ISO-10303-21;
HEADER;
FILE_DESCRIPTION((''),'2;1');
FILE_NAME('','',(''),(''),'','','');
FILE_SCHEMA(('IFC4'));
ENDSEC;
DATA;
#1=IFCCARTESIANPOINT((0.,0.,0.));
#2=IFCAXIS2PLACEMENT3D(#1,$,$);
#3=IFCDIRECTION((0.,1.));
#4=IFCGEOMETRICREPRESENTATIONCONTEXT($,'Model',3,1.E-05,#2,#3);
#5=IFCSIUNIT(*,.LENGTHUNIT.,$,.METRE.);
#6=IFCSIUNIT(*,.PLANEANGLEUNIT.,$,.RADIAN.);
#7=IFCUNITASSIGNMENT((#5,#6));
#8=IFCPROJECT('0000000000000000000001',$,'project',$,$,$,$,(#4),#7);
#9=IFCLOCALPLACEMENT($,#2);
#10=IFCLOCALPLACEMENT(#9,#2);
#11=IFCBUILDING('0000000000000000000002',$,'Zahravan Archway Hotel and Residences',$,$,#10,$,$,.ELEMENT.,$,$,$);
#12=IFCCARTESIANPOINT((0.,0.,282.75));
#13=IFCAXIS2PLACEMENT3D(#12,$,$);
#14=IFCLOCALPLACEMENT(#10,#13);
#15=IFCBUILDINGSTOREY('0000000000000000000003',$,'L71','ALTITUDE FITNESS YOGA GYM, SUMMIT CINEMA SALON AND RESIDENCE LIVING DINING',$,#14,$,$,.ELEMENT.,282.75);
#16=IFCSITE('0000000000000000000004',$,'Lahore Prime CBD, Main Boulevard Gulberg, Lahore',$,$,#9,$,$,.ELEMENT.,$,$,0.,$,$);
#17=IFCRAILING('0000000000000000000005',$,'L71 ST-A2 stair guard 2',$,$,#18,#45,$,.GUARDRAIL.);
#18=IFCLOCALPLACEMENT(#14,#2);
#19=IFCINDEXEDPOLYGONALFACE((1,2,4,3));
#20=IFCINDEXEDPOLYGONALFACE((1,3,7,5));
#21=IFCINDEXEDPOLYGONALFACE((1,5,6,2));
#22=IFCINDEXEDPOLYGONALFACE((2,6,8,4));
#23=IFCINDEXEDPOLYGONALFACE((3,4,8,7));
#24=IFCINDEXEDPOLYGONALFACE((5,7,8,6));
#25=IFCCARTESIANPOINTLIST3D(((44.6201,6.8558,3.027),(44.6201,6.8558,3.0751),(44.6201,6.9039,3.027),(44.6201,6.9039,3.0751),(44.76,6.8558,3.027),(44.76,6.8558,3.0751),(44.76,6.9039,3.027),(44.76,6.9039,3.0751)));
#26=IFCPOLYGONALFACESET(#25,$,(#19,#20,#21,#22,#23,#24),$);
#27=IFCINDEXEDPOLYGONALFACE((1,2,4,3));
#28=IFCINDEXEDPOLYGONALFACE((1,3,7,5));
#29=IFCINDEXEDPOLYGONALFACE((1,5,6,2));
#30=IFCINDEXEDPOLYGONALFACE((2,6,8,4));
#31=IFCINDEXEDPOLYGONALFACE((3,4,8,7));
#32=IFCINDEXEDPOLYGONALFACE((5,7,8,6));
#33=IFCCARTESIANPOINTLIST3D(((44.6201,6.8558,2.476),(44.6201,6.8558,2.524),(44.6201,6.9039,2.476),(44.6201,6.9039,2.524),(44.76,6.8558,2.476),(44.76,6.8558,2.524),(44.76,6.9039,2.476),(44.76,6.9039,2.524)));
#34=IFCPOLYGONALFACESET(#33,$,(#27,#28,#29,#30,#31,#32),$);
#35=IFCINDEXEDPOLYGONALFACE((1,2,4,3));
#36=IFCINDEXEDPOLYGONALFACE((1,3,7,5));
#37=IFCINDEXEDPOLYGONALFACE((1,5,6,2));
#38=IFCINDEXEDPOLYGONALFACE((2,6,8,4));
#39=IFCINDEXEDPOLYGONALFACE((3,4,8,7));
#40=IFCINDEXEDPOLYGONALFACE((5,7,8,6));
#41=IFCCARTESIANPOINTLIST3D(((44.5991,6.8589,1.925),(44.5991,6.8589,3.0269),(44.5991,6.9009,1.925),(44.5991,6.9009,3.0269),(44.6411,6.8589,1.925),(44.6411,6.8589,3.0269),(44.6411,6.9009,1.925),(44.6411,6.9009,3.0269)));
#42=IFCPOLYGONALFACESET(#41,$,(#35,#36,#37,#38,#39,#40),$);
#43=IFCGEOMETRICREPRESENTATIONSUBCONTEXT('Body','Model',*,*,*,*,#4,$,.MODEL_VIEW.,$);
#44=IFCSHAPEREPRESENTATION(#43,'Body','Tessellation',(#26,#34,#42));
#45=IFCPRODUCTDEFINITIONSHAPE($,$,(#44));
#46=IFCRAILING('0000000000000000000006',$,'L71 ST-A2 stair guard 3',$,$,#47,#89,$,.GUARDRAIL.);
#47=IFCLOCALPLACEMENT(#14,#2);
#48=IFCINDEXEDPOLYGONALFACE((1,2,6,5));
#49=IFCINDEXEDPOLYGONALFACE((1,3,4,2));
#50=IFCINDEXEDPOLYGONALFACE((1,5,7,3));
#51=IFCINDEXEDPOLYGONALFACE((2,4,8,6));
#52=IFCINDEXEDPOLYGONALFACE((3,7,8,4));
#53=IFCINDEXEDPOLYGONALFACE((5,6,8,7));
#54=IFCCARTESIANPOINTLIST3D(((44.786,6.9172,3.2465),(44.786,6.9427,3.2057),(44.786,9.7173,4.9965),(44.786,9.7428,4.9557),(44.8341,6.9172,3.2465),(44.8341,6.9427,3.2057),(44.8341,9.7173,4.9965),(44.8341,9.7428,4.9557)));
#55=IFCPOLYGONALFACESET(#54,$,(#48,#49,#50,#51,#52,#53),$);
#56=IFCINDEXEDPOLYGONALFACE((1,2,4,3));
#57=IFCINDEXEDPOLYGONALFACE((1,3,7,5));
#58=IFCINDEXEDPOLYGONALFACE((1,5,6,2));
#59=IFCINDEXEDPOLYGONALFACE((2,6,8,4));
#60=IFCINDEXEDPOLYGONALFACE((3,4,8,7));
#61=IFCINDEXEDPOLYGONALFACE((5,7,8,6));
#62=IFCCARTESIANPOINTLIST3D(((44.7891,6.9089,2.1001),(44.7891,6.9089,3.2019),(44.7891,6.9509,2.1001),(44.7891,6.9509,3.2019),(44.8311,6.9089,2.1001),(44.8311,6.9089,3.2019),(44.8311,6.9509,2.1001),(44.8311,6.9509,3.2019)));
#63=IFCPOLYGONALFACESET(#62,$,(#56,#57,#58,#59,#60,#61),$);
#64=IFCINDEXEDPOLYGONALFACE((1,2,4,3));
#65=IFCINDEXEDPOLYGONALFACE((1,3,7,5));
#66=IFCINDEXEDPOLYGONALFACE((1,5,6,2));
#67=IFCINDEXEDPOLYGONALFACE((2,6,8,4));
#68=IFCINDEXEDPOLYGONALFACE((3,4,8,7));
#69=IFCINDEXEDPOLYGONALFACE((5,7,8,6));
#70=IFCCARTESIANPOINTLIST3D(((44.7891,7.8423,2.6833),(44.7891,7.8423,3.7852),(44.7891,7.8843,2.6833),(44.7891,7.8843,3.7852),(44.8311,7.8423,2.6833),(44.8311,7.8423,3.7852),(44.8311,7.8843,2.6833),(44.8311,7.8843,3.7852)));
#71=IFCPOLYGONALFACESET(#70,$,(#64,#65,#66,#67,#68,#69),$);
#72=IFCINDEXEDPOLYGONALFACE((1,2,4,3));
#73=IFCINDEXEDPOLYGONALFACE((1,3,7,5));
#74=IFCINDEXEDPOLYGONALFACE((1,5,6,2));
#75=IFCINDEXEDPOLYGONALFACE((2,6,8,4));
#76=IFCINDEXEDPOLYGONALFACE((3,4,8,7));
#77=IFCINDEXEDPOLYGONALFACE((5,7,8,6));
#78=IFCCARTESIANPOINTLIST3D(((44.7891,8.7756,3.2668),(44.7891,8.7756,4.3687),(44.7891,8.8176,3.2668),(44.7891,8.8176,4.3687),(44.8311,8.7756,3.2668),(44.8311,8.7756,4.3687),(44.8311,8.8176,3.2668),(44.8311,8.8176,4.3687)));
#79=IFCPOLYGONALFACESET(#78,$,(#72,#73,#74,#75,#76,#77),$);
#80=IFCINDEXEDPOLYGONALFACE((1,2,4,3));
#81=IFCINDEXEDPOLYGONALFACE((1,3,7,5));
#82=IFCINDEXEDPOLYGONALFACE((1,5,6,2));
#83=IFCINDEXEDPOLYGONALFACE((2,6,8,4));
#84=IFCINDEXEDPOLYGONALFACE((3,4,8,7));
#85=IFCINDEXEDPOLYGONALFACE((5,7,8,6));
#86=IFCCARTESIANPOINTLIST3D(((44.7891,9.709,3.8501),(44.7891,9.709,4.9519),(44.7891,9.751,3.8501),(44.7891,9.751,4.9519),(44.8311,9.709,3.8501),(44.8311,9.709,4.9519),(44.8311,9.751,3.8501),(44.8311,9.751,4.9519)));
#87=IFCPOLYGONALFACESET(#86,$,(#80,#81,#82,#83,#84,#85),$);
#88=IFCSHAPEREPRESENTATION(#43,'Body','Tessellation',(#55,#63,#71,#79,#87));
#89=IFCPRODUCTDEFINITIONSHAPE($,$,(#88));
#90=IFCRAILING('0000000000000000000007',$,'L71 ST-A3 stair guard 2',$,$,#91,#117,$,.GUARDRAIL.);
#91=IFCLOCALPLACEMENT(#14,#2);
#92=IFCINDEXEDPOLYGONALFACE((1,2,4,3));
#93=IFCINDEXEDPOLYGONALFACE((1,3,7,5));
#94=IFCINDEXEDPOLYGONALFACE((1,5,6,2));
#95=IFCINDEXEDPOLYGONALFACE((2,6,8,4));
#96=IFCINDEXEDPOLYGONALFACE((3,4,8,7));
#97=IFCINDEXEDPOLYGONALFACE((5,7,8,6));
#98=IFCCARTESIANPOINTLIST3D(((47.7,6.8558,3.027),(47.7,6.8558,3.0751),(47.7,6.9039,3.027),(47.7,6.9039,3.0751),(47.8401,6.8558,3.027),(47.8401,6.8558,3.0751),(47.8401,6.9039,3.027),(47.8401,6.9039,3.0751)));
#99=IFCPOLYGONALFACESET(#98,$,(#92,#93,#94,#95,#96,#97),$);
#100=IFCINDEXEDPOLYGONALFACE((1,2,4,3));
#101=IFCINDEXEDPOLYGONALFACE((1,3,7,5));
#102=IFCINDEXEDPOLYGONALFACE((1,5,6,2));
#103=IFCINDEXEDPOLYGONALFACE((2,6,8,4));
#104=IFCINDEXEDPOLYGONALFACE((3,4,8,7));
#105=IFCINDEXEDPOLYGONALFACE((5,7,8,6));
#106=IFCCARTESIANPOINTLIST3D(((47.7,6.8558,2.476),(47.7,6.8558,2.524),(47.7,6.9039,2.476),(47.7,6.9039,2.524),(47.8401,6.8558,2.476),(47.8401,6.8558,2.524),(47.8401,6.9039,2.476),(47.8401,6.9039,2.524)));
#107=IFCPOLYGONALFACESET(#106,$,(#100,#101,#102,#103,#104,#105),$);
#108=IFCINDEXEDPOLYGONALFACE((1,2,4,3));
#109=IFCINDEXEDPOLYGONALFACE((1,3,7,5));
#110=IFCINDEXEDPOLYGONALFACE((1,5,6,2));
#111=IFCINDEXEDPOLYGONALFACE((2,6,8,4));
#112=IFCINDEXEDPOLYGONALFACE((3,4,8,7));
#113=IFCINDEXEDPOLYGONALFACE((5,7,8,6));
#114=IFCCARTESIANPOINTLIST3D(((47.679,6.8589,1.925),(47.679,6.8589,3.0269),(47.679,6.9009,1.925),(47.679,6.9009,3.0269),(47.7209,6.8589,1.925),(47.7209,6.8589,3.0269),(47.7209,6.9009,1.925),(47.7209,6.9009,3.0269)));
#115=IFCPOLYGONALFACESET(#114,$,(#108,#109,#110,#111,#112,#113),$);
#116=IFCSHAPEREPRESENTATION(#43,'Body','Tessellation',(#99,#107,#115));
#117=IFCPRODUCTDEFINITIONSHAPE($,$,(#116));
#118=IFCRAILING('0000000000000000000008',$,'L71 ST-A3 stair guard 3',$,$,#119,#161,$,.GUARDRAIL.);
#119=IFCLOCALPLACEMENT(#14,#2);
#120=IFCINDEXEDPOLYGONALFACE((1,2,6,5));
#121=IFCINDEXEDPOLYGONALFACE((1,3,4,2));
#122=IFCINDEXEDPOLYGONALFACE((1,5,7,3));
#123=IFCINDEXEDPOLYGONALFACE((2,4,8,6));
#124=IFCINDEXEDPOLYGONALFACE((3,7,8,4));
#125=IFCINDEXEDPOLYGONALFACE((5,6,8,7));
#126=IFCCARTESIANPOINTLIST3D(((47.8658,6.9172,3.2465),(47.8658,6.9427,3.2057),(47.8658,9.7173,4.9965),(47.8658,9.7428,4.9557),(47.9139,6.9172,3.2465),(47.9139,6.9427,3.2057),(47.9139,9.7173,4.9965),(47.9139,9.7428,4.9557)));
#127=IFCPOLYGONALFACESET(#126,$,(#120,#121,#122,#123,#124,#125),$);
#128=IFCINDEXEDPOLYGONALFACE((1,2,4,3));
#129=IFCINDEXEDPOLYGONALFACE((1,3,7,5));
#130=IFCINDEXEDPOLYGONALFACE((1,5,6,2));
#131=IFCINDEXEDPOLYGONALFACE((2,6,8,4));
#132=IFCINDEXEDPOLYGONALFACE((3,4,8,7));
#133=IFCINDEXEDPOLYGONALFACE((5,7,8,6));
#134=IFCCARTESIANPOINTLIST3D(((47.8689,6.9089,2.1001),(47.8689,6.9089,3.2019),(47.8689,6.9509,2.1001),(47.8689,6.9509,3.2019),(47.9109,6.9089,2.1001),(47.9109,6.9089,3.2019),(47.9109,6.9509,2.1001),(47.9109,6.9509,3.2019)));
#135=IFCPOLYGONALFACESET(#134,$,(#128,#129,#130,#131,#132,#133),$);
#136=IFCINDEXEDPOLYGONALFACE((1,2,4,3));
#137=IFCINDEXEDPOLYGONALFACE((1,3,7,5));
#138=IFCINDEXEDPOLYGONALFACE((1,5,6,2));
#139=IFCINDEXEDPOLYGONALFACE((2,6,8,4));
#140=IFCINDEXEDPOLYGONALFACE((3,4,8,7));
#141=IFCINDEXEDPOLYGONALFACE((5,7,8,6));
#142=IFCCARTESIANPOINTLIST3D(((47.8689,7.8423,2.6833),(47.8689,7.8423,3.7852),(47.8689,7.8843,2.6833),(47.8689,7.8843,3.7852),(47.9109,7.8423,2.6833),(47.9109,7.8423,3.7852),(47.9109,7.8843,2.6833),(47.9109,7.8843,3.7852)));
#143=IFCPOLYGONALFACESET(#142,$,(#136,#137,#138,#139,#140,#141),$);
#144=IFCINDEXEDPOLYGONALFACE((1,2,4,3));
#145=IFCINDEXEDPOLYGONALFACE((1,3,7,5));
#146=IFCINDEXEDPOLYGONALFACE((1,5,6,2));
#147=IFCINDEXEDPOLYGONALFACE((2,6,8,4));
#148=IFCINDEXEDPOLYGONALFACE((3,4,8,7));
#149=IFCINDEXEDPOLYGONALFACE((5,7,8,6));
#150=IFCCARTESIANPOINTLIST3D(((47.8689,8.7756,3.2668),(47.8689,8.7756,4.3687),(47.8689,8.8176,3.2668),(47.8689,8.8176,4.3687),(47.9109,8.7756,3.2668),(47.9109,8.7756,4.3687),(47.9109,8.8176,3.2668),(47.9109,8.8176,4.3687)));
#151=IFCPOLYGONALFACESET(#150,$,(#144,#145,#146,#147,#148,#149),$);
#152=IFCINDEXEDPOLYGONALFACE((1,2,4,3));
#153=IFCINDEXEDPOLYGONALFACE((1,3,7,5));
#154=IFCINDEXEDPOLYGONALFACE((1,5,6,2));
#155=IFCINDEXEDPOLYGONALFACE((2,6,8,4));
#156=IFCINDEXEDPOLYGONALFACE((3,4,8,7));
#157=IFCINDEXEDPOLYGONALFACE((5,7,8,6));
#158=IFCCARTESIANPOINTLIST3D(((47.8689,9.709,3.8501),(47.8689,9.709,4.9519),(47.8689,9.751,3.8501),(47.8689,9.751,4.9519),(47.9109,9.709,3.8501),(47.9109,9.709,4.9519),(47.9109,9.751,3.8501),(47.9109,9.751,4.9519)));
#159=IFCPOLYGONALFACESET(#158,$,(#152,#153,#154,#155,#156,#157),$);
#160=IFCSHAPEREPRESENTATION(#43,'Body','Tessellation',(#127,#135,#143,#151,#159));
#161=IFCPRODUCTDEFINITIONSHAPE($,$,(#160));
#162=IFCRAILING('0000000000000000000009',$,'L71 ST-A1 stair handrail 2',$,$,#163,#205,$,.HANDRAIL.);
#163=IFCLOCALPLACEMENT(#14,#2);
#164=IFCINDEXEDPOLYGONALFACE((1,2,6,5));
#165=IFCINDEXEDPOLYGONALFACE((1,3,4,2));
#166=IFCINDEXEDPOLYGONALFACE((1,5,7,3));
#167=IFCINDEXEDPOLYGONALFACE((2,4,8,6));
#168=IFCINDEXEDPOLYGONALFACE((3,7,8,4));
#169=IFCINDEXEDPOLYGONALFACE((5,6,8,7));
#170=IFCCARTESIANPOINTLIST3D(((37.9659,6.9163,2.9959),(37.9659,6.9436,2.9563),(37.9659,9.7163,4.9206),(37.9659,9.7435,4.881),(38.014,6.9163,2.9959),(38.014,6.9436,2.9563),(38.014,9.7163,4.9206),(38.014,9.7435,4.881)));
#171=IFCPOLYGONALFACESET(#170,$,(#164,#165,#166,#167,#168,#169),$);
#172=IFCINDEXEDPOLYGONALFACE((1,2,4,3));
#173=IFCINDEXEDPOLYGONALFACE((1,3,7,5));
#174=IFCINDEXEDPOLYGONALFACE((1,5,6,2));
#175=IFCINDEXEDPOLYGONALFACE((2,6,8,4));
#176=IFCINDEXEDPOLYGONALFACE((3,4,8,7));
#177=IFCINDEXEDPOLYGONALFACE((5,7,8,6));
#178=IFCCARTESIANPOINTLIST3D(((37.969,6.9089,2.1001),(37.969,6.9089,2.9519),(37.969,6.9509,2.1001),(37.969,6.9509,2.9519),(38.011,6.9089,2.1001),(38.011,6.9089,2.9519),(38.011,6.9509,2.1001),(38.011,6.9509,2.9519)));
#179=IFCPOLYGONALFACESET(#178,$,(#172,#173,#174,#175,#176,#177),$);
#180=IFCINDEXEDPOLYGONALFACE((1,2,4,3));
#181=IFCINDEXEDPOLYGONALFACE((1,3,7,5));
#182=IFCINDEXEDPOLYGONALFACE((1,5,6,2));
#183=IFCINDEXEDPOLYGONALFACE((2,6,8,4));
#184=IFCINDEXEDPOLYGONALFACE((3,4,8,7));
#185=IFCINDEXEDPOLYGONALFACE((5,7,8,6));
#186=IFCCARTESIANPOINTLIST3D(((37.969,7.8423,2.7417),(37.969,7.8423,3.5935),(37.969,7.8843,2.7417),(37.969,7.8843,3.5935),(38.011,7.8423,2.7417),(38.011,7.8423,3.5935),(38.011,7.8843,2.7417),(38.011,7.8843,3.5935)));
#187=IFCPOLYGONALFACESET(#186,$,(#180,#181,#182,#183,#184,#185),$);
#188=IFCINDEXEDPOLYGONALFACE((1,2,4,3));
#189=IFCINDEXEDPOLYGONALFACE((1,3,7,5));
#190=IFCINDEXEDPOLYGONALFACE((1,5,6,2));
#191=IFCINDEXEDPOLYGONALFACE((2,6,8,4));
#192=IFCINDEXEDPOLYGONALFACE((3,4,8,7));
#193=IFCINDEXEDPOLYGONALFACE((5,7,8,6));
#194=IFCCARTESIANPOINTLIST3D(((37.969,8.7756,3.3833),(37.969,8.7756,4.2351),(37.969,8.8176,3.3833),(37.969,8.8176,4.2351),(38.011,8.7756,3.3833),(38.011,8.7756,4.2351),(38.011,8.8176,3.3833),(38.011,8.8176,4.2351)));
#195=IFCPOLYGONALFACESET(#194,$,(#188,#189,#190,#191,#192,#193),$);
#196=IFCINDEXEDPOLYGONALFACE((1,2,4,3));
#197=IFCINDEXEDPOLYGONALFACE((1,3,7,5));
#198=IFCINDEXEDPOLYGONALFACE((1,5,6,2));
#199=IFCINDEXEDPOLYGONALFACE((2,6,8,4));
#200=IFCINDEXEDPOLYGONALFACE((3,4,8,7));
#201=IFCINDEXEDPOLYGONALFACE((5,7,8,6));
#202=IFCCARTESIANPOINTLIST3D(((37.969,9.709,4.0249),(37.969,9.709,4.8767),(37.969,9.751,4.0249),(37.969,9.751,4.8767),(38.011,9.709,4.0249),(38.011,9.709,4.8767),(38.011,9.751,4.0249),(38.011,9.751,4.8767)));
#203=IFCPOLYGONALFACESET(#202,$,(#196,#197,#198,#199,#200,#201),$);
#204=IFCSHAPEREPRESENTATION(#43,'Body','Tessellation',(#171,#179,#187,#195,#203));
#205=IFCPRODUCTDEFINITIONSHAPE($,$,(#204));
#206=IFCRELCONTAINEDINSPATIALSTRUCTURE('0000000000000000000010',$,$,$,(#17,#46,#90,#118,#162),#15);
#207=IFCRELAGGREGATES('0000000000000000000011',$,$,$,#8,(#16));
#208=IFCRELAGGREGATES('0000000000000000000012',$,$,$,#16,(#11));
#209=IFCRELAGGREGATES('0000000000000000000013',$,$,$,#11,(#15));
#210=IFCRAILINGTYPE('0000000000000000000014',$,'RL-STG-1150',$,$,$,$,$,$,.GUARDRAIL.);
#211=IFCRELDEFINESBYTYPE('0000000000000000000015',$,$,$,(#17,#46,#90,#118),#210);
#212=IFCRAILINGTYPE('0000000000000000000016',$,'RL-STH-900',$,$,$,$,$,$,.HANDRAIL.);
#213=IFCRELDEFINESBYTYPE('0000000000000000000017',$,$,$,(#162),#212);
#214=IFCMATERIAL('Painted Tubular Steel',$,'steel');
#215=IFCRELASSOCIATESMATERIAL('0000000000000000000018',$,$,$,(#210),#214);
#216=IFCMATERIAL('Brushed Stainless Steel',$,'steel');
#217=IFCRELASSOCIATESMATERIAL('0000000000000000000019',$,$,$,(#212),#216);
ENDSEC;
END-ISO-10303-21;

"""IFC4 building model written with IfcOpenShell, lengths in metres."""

from ifc_helpers import new_model, si_unit, direction, frame, origin, origin_2d, place, context, subcontext, project, spatial, rectangle, extrude, material, type_object, element, save


model = new_model("IFC4")

# Units and contexts
model_context = context("Model", 3, precision=1e-05, world=origin(), true_north=direction((0.0, 1.0)))
body_context = subcontext(model_context, "Body", "Model", "MODEL_VIEW")
ifc_project = project(units=[si_unit("LENGTHUNIT", "METRE"), si_unit("PLANEANGLEUNIT", "RADIAN")], contexts=[model_context])

# Site, building, storey
site_placement = place(None, origin())
site = spatial("IfcSite", under=ifc_project, at=site_placement, Name="Lahore Prime CBD, Main Boulevard Gulberg, Lahore", CompositionType="ELEMENT", RefElevation=0.0)
building_placement = place(site_placement, origin())
building = spatial("IfcBuilding", under=site, at=building_placement, Name="Zahravan Archway Hotel and Residences", CompositionType="ELEMENT")
storey_placement = place(building_placement, frame((0.0, 0.0, 282.75)))
storey = spatial("IfcBuildingStorey", under=building, at=storey_placement, Name="L71", Description="ALTITUDE FITNESS YOGA GYM, SUMMIT CINEMA SALON AND RESIDENCE LIVING DINING", CompositionType="ELEMENT", Elevation=282.75)

# Railings
ifc_material_1 = material(Name="Painted Tubular Steel", Category="steel")
railing_type_1 = type_object("IfcRailingType", Name="RL-STG-1150", PredefinedType="GUARDRAIL", material=ifc_material_1)
railing_1_placement = place(storey_placement, frame((44.6201, 6.8799, 1.925)))
element("IfcRailing", 1, at=railing_1_placement, inside=storey, type_object=railing_type_1, Name="L71 ST-A2 stair guard 2", PredefinedType="GUARDRAIL", context=body_context, shape_type="SweptSolid", body=[
    extrude(rectangle(XDim=0.0481, YDim=0.0481, at=origin_2d()), frame((0.0, 0.0, 1.126), z_axis=(1.0, 0.0, 0.0), x_axis=(0.0, 1.0, 0.0)), (0.0, 0.0, 1.0), 0.1399),
    extrude(rectangle(XDim=0.0481, YDim=0.0481, at=origin_2d()), frame((0.0, 0.0, 0.575), z_axis=(1.0, 0.0, 0.0), x_axis=(0.0, 1.0, 0.0)), (0.0, 0.0, 1.0), 0.1399),
    extrude(rectangle(XDim=0.042, YDim=0.042, at=origin_2d()), origin(), (0.0, 0.0, 1.0), 1.1018),
])
railing_2_placement = place(storey_placement, frame((44.8101, 6.9299, 2.1001)))
element("IfcRailing", 2, at=railing_2_placement, inside=storey, type_object=railing_type_1, Name="L71 ST-A2 stair guard 3", PredefinedType="GUARDRAIL", context=body_context, shape_type="SweptSolid", body=[
    extrude(rectangle(XDim=0.0481, YDim=0.0481, at=origin_2d()), frame((0.0, 0.0, 1.126), z_axis=(0.0, 0.848002, 0.529992), x_axis=(-1.0, 0.0, 0.0)), (0.0, 0.0, 1.0), 3.302),
    extrude(rectangle(XDim=0.042, YDim=0.042, at=origin_2d()), origin(), (0.0, 0.0, 1.0), 1.1018),
    extrude(rectangle(XDim=0.042, YDim=0.042, at=origin_2d()), frame((0.0, 0.9333, 0.5833)), (0.0, 0.0, 1.0), 1.1018),
    extrude(rectangle(XDim=0.042, YDim=0.042, at=origin_2d()), frame((0.0, 1.8667, 1.1667)), (0.0, 0.0, 1.0), 1.1018),
    extrude(rectangle(XDim=0.042, YDim=0.042, at=origin_2d()), frame((0.0, 2.8, 1.75)), (0.0, 0.0, 1.0), 1.1018),
])
railing_3_placement = place(storey_placement, frame((47.7, 6.8799, 1.925)))
element("IfcRailing", 3, at=railing_3_placement, inside=storey, type_object=railing_type_1, Name="L71 ST-A3 stair guard 2", PredefinedType="GUARDRAIL", context=body_context, shape_type="SweptSolid", body=[
    extrude(rectangle(XDim=0.0481, YDim=0.0481, at=origin_2d()), frame((0.0, 0.0, 1.126), z_axis=(1.0, 0.0, 0.0), x_axis=(0.0, 1.0, 0.0)), (0.0, 0.0, 1.0), 0.1401),
    extrude(rectangle(XDim=0.0481, YDim=0.0481, at=origin_2d()), frame((0.0, 0.0, 0.575), z_axis=(1.0, 0.0, 0.0), x_axis=(0.0, 1.0, 0.0)), (0.0, 0.0, 1.0), 0.1401),
    extrude(rectangle(XDim=0.042, YDim=0.042, at=origin_2d()), origin(), (0.0, 0.0, 1.0), 1.1018),
])
railing_4_placement = place(storey_placement, frame((47.8899, 6.9299, 2.1001)))
element("IfcRailing", 4, at=railing_4_placement, inside=storey, type_object=railing_type_1, Name="L71 ST-A3 stair guard 3", PredefinedType="GUARDRAIL", context=body_context, shape_type="SweptSolid", body=[
    extrude(rectangle(XDim=0.0481, YDim=0.0481, at=origin_2d()), frame((0.0, 0.0, 1.126), z_axis=(0.0, 0.848002, 0.529992), x_axis=(-1.0, 0.0, 0.0)), (0.0, 0.0, 1.0), 3.302),
    extrude(rectangle(XDim=0.042, YDim=0.042, at=origin_2d()), origin(), (0.0, 0.0, 1.0), 1.1018),
    extrude(rectangle(XDim=0.042, YDim=0.042, at=origin_2d()), frame((0.0, 0.9333, 0.5833)), (0.0, 0.0, 1.0), 1.1018),
    extrude(rectangle(XDim=0.042, YDim=0.042, at=origin_2d()), frame((0.0, 1.8667, 1.1667)), (0.0, 0.0, 1.0), 1.1018),
    extrude(rectangle(XDim=0.042, YDim=0.042, at=origin_2d()), frame((0.0, 2.8, 1.75)), (0.0, 0.0, 1.0), 1.1018),
])
ifc_material_2 = material(Name="Brushed Stainless Steel", Category="steel")
railing_type_2 = type_object("IfcRailingType", Name="RL-STH-900", PredefinedType="HANDRAIL", material=ifc_material_2)
for number, where, name in (
    (5, (37.99, 6.9299, 2.1001), "L71 ST-A1 stair handrail 2"),
):
    element("IfcRailing", number, at=place(storey_placement, frame(where)), inside=storey, type_object=railing_type_2, Name=name, PredefinedType="HANDRAIL", context=body_context, shape_type="SweptSolid", body=[
        extrude(rectangle(XDim=0.0481, YDim=0.0481, at=origin_2d()), frame((0.0, 0.0, 0.876), z_axis=(0.0, 0.824073, 0.566483), x_axis=(-1.0, 0.0, 0.0)), (0.0, 0.0, 1.0), 3.3977),
        extrude(rectangle(XDim=0.042, YDim=0.042, at=origin_2d()), origin(), (0.0, 0.0, 1.0), 0.8518),
        extrude(rectangle(XDim=0.042, YDim=0.042, at=origin_2d()), frame((0.0, 0.9333, 0.6416)), (0.0, 0.0, 1.0), 0.8518),
        extrude(rectangle(XDim=0.042, YDim=0.042, at=origin_2d()), frame((0.0, 1.8667, 1.2832)), (0.0, 0.0, 1.0), 0.8518),
        extrude(rectangle(XDim=0.042, YDim=0.042, at=origin_2d()), frame((0.0, 2.8, 1.9248)), (0.0, 0.0, 1.0), 0.8518),
    ])

save(model, "model.ifc")
